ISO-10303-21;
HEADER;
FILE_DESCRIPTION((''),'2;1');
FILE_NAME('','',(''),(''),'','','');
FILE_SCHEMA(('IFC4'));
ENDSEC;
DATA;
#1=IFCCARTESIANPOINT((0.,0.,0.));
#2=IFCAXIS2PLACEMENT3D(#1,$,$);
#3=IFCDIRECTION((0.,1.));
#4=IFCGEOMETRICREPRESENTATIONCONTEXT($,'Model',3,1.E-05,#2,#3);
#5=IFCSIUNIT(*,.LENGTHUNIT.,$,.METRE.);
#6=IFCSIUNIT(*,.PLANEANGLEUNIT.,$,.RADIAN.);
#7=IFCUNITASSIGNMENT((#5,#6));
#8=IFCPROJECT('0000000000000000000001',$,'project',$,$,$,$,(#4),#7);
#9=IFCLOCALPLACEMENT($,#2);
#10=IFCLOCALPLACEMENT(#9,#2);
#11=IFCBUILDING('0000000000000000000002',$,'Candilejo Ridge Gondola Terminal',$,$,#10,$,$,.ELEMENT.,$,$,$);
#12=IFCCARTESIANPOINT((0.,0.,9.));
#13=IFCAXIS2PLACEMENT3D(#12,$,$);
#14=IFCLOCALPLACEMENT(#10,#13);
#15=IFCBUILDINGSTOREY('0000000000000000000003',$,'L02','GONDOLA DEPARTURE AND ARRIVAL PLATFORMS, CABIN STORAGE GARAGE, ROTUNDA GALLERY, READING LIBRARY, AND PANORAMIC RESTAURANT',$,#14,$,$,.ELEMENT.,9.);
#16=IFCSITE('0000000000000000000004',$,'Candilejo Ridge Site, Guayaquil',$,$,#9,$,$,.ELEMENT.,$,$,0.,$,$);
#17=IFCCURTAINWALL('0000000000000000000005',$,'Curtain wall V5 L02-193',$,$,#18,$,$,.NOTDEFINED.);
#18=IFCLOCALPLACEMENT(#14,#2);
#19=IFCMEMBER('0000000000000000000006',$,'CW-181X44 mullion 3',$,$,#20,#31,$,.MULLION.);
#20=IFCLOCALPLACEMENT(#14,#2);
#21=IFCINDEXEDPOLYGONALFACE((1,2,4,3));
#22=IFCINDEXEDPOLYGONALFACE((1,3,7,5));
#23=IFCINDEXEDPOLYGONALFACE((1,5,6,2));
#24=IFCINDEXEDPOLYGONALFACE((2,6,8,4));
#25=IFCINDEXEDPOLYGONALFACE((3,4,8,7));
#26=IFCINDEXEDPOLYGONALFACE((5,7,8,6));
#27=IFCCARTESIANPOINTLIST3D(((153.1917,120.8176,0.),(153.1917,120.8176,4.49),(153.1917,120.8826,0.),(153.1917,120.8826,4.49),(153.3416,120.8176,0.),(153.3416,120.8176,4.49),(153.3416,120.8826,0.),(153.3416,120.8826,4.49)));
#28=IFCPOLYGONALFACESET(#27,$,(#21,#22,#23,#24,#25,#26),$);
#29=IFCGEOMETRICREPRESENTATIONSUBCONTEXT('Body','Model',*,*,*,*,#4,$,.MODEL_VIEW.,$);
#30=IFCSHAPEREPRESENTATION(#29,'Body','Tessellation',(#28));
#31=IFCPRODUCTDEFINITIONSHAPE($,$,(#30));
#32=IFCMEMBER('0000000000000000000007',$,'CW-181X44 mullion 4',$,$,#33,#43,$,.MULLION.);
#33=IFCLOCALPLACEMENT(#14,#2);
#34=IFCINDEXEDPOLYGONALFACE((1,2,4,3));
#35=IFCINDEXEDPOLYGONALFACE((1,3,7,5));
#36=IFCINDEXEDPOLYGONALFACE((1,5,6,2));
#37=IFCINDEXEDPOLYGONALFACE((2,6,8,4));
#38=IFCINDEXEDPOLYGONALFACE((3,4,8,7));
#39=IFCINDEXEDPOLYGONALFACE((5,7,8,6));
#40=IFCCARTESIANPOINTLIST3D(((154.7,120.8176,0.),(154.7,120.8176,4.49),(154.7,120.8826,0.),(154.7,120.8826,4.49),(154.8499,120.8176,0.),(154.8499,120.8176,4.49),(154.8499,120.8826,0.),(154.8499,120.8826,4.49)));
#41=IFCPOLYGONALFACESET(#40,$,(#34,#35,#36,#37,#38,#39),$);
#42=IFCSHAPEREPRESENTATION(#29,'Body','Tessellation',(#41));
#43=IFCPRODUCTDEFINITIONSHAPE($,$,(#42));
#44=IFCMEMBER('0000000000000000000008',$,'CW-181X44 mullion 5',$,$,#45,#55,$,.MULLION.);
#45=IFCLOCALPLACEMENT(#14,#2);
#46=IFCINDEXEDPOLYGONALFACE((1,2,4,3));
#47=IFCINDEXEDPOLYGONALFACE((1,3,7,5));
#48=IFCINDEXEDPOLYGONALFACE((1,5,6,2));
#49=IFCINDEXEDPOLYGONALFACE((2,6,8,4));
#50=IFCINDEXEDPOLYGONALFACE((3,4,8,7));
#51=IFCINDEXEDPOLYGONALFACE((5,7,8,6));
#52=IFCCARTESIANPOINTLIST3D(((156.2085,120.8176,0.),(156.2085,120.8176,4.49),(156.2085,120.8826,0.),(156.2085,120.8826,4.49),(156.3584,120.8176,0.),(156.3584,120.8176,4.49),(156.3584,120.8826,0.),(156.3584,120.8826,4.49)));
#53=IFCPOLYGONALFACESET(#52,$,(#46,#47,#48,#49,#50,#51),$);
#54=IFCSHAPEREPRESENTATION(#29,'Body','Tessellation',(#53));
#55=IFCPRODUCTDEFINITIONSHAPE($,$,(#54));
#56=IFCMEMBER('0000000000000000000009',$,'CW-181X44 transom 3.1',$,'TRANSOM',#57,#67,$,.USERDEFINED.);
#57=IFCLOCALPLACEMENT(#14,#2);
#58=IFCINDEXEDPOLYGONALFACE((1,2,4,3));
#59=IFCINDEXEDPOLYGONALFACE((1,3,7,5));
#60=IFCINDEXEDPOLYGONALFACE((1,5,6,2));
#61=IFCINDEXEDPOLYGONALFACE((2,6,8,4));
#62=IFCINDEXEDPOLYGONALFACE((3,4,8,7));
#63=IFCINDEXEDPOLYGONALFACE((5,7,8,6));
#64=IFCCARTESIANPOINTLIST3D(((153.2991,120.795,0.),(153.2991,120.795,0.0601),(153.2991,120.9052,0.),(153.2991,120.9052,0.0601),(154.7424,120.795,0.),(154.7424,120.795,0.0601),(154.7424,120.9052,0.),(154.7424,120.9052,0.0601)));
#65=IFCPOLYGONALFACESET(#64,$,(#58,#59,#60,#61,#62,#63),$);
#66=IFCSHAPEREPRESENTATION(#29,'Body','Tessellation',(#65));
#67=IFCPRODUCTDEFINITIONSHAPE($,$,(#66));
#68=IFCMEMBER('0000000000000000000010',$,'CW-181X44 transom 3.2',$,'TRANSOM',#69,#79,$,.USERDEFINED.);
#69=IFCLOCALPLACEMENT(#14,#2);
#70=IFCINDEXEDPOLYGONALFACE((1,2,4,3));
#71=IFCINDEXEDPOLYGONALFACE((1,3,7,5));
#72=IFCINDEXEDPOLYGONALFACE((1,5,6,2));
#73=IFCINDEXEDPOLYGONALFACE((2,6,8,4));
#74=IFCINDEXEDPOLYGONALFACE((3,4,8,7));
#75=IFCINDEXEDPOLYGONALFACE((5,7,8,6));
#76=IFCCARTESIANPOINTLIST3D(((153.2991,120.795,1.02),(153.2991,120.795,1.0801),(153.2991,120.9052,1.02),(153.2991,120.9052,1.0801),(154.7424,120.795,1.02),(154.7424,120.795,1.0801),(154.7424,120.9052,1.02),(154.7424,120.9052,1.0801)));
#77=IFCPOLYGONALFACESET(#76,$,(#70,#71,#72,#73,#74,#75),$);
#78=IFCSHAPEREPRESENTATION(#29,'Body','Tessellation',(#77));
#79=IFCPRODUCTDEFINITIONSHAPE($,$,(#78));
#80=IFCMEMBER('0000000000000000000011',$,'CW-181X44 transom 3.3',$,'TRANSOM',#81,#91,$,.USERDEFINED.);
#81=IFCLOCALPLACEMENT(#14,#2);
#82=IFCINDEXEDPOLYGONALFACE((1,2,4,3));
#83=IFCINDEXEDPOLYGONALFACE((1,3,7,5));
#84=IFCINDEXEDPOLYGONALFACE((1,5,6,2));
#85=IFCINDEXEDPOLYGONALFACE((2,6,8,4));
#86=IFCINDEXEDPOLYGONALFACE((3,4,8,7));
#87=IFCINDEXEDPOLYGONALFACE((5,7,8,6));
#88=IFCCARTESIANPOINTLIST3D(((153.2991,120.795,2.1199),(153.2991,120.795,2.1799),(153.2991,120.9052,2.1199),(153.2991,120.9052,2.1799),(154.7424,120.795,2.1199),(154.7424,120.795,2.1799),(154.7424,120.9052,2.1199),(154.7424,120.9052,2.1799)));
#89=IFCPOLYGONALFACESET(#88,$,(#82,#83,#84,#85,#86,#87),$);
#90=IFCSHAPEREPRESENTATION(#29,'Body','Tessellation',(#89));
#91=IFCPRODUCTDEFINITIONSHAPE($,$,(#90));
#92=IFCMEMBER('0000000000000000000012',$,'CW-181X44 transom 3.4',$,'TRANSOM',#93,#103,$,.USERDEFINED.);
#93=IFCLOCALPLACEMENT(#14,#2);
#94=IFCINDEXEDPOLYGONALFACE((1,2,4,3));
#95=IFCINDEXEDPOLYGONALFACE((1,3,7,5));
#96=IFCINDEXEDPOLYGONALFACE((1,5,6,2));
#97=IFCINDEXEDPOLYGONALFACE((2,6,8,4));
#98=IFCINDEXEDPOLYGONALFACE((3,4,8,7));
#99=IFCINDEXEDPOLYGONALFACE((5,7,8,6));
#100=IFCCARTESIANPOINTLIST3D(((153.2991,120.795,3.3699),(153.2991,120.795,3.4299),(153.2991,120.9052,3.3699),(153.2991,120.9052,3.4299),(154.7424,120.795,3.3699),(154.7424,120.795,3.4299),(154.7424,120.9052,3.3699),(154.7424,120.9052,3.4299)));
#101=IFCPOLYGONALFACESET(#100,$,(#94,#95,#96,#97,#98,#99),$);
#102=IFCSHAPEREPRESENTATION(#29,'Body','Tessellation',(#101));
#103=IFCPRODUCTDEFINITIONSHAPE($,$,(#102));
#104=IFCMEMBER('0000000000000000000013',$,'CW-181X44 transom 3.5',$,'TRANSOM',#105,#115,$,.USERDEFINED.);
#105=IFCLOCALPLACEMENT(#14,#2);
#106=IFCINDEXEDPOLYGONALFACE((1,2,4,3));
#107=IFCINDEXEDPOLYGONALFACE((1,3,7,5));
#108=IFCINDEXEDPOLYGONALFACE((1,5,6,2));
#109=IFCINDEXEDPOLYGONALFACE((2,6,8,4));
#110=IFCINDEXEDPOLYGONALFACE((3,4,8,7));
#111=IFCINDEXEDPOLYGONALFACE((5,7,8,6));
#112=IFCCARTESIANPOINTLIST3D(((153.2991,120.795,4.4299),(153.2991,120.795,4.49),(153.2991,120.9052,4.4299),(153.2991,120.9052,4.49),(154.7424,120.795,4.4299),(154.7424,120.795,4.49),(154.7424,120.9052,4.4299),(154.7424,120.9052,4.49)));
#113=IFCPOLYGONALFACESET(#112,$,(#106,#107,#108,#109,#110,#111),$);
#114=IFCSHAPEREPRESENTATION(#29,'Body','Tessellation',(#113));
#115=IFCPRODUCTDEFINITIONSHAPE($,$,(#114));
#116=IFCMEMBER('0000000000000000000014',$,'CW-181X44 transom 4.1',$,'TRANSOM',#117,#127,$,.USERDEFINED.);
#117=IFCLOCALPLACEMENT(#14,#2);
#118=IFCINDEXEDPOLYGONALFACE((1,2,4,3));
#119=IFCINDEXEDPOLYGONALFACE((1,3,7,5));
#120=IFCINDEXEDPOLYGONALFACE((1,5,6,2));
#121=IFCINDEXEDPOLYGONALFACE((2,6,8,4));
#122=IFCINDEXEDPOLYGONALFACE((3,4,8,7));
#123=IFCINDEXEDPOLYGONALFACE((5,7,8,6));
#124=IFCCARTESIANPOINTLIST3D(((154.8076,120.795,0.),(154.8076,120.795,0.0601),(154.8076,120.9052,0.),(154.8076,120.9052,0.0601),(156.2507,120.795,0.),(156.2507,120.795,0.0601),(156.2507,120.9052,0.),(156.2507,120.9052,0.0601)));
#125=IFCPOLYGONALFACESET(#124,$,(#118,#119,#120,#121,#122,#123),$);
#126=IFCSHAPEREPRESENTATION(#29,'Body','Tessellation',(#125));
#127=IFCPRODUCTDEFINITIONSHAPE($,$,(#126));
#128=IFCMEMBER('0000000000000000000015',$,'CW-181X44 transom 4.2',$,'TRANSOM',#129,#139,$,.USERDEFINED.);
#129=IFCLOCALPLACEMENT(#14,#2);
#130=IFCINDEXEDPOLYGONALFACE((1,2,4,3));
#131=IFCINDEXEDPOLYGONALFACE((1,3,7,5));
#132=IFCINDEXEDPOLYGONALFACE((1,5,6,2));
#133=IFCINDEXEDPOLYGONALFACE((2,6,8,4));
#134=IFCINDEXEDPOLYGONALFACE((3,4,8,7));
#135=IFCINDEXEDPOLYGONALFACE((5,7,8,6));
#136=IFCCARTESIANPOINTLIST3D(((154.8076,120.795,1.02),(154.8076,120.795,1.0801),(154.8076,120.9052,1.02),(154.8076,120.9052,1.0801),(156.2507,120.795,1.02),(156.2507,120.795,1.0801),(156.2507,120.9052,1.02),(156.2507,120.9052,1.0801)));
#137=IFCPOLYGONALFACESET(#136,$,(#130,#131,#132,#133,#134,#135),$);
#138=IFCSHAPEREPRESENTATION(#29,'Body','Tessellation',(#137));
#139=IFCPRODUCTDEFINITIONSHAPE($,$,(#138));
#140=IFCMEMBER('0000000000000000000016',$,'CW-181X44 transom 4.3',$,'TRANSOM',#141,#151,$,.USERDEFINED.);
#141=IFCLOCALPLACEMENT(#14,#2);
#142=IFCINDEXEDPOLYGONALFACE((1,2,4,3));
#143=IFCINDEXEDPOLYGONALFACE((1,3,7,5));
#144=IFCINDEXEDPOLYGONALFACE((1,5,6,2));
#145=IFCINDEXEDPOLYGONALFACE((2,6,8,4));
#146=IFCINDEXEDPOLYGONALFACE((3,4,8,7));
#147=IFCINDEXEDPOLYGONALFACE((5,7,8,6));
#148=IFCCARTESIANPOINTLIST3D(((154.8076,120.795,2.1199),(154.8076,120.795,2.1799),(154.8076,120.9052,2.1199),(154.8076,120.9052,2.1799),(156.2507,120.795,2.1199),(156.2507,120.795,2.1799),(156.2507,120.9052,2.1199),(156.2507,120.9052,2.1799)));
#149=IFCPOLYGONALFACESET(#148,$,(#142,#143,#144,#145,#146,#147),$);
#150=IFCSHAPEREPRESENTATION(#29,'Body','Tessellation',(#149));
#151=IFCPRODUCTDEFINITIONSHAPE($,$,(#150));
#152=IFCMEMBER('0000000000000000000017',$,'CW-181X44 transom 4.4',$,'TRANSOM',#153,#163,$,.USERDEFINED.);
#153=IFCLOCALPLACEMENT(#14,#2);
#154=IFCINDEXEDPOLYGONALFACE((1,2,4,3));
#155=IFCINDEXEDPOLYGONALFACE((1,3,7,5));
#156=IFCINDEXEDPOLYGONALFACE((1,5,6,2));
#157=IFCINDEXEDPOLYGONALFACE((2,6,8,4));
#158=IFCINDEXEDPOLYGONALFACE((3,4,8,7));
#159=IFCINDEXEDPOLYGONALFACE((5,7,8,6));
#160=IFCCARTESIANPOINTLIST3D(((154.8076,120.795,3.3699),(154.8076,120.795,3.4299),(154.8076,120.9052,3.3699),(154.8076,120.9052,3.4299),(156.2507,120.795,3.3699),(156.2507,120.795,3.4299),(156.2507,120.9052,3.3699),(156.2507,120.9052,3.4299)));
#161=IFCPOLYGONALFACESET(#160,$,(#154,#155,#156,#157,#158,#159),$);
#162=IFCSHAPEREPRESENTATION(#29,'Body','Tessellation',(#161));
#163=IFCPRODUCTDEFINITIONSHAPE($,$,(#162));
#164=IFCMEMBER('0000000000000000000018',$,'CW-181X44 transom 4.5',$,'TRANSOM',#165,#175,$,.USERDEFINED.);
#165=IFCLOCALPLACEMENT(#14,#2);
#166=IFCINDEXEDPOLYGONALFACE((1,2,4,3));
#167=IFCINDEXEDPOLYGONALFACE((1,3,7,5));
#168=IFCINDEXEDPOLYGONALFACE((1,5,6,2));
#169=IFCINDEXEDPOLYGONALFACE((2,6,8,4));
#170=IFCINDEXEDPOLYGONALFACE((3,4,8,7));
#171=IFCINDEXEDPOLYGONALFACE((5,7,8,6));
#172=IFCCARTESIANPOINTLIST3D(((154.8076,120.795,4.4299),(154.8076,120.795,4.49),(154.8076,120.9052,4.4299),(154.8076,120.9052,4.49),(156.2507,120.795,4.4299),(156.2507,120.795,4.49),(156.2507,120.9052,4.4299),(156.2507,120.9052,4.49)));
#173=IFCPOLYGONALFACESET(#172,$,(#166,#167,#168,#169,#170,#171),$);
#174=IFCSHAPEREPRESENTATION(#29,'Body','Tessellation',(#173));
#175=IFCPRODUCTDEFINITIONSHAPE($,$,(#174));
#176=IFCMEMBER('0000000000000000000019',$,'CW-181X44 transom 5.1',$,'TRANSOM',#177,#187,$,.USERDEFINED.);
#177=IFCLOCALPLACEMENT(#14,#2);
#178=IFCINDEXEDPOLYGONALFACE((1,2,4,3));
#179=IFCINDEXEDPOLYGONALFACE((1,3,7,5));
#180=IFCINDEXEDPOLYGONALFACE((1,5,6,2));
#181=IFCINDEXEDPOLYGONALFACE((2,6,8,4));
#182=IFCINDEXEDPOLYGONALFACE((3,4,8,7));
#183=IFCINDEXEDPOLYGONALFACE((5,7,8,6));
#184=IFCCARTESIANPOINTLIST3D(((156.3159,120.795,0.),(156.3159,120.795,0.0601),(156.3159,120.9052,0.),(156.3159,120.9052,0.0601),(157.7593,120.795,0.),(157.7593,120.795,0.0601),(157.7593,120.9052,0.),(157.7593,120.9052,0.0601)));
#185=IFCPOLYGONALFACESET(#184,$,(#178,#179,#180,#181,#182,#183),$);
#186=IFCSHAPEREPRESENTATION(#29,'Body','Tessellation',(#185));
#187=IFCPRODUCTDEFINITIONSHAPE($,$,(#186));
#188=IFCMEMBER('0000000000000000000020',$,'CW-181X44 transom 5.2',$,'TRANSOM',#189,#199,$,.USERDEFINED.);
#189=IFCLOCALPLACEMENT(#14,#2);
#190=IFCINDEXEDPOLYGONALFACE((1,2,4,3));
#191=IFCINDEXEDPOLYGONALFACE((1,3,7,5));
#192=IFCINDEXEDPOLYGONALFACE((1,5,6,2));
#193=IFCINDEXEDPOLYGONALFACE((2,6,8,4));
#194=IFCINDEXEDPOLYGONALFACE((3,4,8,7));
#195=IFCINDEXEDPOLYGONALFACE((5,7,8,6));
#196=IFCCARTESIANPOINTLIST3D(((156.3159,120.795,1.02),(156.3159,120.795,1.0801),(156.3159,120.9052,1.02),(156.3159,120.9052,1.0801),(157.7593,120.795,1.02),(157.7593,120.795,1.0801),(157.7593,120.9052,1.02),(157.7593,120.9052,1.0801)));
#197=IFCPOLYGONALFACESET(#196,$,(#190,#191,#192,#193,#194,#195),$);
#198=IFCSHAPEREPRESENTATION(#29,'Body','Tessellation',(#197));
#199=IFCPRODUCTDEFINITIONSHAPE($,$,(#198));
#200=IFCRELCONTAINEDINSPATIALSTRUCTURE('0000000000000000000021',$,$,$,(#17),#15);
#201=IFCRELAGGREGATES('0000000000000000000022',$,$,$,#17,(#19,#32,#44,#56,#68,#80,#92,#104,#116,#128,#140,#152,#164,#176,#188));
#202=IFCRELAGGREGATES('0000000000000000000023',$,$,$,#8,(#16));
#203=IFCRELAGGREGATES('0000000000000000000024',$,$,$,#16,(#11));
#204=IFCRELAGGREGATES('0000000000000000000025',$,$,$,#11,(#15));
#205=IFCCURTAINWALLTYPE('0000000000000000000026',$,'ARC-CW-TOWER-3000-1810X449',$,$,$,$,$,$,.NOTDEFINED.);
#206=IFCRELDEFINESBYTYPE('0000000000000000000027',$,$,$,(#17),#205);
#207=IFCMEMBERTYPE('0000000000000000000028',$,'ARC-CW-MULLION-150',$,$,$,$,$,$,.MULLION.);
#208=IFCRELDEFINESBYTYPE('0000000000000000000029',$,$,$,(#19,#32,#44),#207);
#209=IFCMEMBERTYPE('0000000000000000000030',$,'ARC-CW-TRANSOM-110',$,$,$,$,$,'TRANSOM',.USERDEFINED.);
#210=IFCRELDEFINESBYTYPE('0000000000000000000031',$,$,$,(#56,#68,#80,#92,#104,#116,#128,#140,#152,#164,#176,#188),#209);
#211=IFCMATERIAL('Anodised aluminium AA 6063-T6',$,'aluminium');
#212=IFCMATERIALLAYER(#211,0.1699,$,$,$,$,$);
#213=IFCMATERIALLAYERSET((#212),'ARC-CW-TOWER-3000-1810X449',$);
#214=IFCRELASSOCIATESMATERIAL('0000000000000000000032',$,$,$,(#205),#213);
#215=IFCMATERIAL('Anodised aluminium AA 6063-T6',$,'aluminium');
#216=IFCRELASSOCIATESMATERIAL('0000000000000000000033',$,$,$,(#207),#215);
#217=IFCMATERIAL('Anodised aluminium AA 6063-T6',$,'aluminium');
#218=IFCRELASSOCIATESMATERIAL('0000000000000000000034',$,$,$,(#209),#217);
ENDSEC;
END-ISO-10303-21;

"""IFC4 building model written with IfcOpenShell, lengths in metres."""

from ifc_helpers import new_model, si_unit, direction, frame, origin, origin_2d, place, context, subcontext, project, spatial, rectangle, extrude, material, layer, layer_set, material_profile, profile_set, type_object, element, aggregate, save


model = new_model("IFC4")

# Units and contexts
model_context = context("Model", 3, precision=1e-05, world=origin(), true_north=direction((0.0, 1.0)))
body_context = subcontext(model_context, "Body", "Model", "MODEL_VIEW")
ifc_project = project(units=[si_unit("LENGTHUNIT", "METRE"), si_unit("PLANEANGLEUNIT", "RADIAN")], contexts=[model_context])

# Site, building, storey
site_placement = place(None, origin())
site = spatial("IfcSite", under=ifc_project, at=site_placement, Name="Candilejo Ridge Site, Guayaquil", CompositionType="ELEMENT", RefElevation=0.0)
building_placement = place(site_placement, origin())
building = spatial("IfcBuilding", under=site, at=building_placement, Name="Candilejo Ridge Gondola Terminal", CompositionType="ELEMENT")
storey_placement = place(building_placement, frame((0.0, 0.0, 9.0)))
storey = spatial("IfcBuildingStorey", under=building, at=storey_placement, Name="L02", Description="GONDOLA DEPARTURE AND ARRIVAL PLATFORMS, CABIN STORAGE GARAGE, ROTUNDA GALLERY, READING LIBRARY, AND PANORAMIC RESTAURANT", CompositionType="ELEMENT", Elevation=9.0)

# Curtain wall, members
ifc_material_1 = material(Name="Anodised aluminium AA 6063-T6", Category="aluminium")
ifc_layer_1 = layer(ifc_material_1, 0.1699)
ifc_layer_set_1 = layer_set([ifc_layer_1], Name="ARC-CW-TOWER-3000-1810X449")
curtain_wall_type = type_object("IfcCurtainWallType", Name="ARC-CW-TOWER-3000-1810X449", PredefinedType="NOTDEFINED", material=ifc_layer_set_1)
curtain_wall_placement = place(storey_placement, origin())
curtain_wall = element("IfcCurtainWall", 1, at=curtain_wall_placement, inside=storey, type_object=curtain_wall_type, Name="Curtain wall V5 L02-193", PredefinedType="NOTDEFINED")
ifc_material_2 = material(Name="Anodised aluminium AA 6063-T6", Category="aluminium")
ifc_material_profile_1 = material_profile(ifc_material_2, rectangle(XDim=0.0649, YDim=0.1499, at=origin_2d()))
ifc_profile_set_1 = profile_set([ifc_material_profile_1], Name="Anodised aluminium AA 6063-T6")
member_type_1 = type_object("IfcMemberType", Name="ARC-CW-MULLION-150", PredefinedType="MULLION", material=ifc_profile_set_1)
member_1_placement = place(storey_placement, frame((153.2666, 120.8501, 0.0), z_axis=(0.0, 0.0, 1.0), x_axis=(0.0, 1.0, 0.0)))
member_1 = element("IfcMember", 2, at=member_1_placement, type_object=member_type_1, Name="CW-181X44 mullion 3", PredefinedType="MULLION", context=body_context, shape_type="SweptSolid", body=[
    extrude(rectangle(XDim=0.0649, YDim=0.1499, at=origin_2d()), origin(), (0.0, 0.0, 1.0), 4.49),
])
member_2_placement = place(storey_placement, frame((154.7749, 120.8501, 0.0), z_axis=(0.0, 0.0, 1.0), x_axis=(0.0, 1.0, 0.0)))
member_2 = element("IfcMember", 3, at=member_2_placement, type_object=member_type_1, Name="CW-181X44 mullion 4", PredefinedType="MULLION", context=body_context, shape_type="SweptSolid", body=[
    extrude(rectangle(XDim=0.0649, YDim=0.1499, at=origin_2d()), origin(), (0.0, 0.0, 1.0), 4.49),
])
member_3_placement = place(storey_placement, frame((156.2834, 120.8501, 0.0), z_axis=(0.0, 0.0, 1.0), x_axis=(0.0, 1.0, 0.0)))
member_3 = element("IfcMember", 4, at=member_3_placement, type_object=member_type_1, Name="CW-181X44 mullion 5", PredefinedType="MULLION", context=body_context, shape_type="SweptSolid", body=[
    extrude(rectangle(XDim=0.0649, YDim=0.1499, at=origin_2d()), origin(), (0.0, 0.0, 1.0), 4.49),
])
ifc_material_3 = material(Name="Anodised aluminium AA 6063-T6", Category="aluminium")
ifc_material_profile_2 = material_profile(ifc_material_3, rectangle(XDim=0.1101, YDim=0.0601, at=origin_2d()))
ifc_profile_set_2 = profile_set([ifc_material_profile_2], Name="Anodised aluminium AA 6063-T6")
member_type_2 = type_object("IfcMemberType", Name="ARC-CW-TRANSOM-110", ElementType="TRANSOM", PredefinedType="USERDEFINED", material=ifc_profile_set_2)
member_4_placement = place(storey_placement, frame((153.2991, 120.8501, 0.03), z_axis=(1.0, 0.0, 0.0), x_axis=(0.0, 1.0, 0.0)))
member_4 = element("IfcMember", 5, at=member_4_placement, type_object=member_type_2, Name="CW-181X44 transom 3.1", ObjectType="TRANSOM", PredefinedType="USERDEFINED", context=body_context, shape_type="SweptSolid", body=[
    extrude(rectangle(XDim=0.1101, YDim=0.0601, at=origin_2d()), origin(), (0.0, 0.0, 1.0), 1.4434),
])
member_5_placement = place(storey_placement, frame((153.2991, 120.8501, 1.05), z_axis=(1.0, 0.0, 0.0), x_axis=(0.0, 1.0, 0.0)))
member_5 = element("IfcMember", 6, at=member_5_placement, type_object=member_type_2, Name="CW-181X44 transom 3.2", ObjectType="TRANSOM", PredefinedType="USERDEFINED", context=body_context, shape_type="SweptSolid", body=[
    extrude(rectangle(XDim=0.1101, YDim=0.0601, at=origin_2d()), origin(), (0.0, 0.0, 1.0), 1.4434),
])
member_6_placement = place(storey_placement, frame((153.2991, 120.8501, 2.1499), z_axis=(1.0, 0.0, 0.0), x_axis=(0.0, 1.0, 0.0)))
member_6 = element("IfcMember", 7, at=member_6_placement, type_object=member_type_2, Name="CW-181X44 transom 3.3", ObjectType="TRANSOM", PredefinedType="USERDEFINED", context=body_context, shape_type="SweptSolid", body=[
    extrude(rectangle(XDim=0.1101, YDim=0.0601, at=origin_2d()), origin(), (0.0, 0.0, 1.0), 1.4434),
])
member_7_placement = place(storey_placement, frame((153.2991, 120.8501, 3.3999), z_axis=(1.0, 0.0, 0.0), x_axis=(0.0, 1.0, 0.0)))
member_7 = element("IfcMember", 8, at=member_7_placement, type_object=member_type_2, Name="CW-181X44 transom 3.4", ObjectType="TRANSOM", PredefinedType="USERDEFINED", context=body_context, shape_type="SweptSolid", body=[
    extrude(rectangle(XDim=0.1101, YDim=0.0601, at=origin_2d()), origin(), (0.0, 0.0, 1.0), 1.4434),
])
member_8_placement = place(storey_placement, frame((153.2991, 120.8501, 4.46), z_axis=(1.0, 0.0, 0.0), x_axis=(0.0, 1.0, 0.0)))
member_8 = element("IfcMember", 9, at=member_8_placement, type_object=member_type_2, Name="CW-181X44 transom 3.5", ObjectType="TRANSOM", PredefinedType="USERDEFINED", context=body_context, shape_type="SweptSolid", body=[
    extrude(rectangle(XDim=0.1101, YDim=0.0601, at=origin_2d()), origin(), (0.0, 0.0, 1.0), 1.4434),
])
member_9_placement = place(storey_placement, frame((154.8076, 120.8501, 0.03), z_axis=(1.0, 0.0, 0.0), x_axis=(0.0, 1.0, 0.0)))
member_9 = element("IfcMember", 10, at=member_9_placement, type_object=member_type_2, Name="CW-181X44 transom 4.1", ObjectType="TRANSOM", PredefinedType="USERDEFINED", context=body_context, shape_type="SweptSolid", body=[
    extrude(rectangle(XDim=0.1101, YDim=0.0601, at=origin_2d()), origin(), (0.0, 0.0, 1.0), 1.4431),
])
member_10_placement = place(storey_placement, frame((154.8076, 120.8501, 1.05), z_axis=(1.0, 0.0, 0.0), x_axis=(0.0, 1.0, 0.0)))
member_10 = element("IfcMember", 11, at=member_10_placement, type_object=member_type_2, Name="CW-181X44 transom 4.2", ObjectType="TRANSOM", PredefinedType="USERDEFINED", context=body_context, shape_type="SweptSolid", body=[
    extrude(rectangle(XDim=0.1101, YDim=0.0601, at=origin_2d()), origin(), (0.0, 0.0, 1.0), 1.4431),
])
member_11_placement = place(storey_placement, frame((154.8076, 120.8501, 2.1499), z_axis=(1.0, 0.0, 0.0), x_axis=(0.0, 1.0, 0.0)))
member_11 = element("IfcMember", 12, at=member_11_placement, type_object=member_type_2, Name="CW-181X44 transom 4.3", ObjectType="TRANSOM", PredefinedType="USERDEFINED", context=body_context, shape_type="SweptSolid", body=[
    extrude(rectangle(XDim=0.1101, YDim=0.0601, at=origin_2d()), origin(), (0.0, 0.0, 1.0), 1.4431),
])
member_12_placement = place(storey_placement, frame((154.8076, 120.8501, 3.3999), z_axis=(1.0, 0.0, 0.0), x_axis=(0.0, 1.0, 0.0)))
member_12 = element("IfcMember", 13, at=member_12_placement, type_object=member_type_2, Name="CW-181X44 transom 4.4", ObjectType="TRANSOM", PredefinedType="USERDEFINED", context=body_context, shape_type="SweptSolid", body=[
    extrude(rectangle(XDim=0.1101, YDim=0.0601, at=origin_2d()), origin(), (0.0, 0.0, 1.0), 1.4431),
])
member_13_placement = place(storey_placement, frame((154.8076, 120.8501, 4.46), z_axis=(1.0, 0.0, 0.0), x_axis=(0.0, 1.0, 0.0)))
member_13 = element("IfcMember", 14, at=member_13_placement, type_object=member_type_2, Name="CW-181X44 transom 4.5", ObjectType="TRANSOM", PredefinedType="USERDEFINED", context=body_context, shape_type="SweptSolid", body=[
    extrude(rectangle(XDim=0.1101, YDim=0.0601, at=origin_2d()), origin(), (0.0, 0.0, 1.0), 1.4431),
])
member_14_placement = place(storey_placement, frame((156.3159, 120.8501, 0.03), z_axis=(1.0, 0.0, 0.0), x_axis=(0.0, 1.0, 0.0)))
member_14 = element("IfcMember", 15, at=member_14_placement, type_object=member_type_2, Name="CW-181X44 transom 5.1", ObjectType="TRANSOM", PredefinedType="USERDEFINED", context=body_context, shape_type="SweptSolid", body=[
    extrude(rectangle(XDim=0.1101, YDim=0.0601, at=origin_2d()), origin(), (0.0, 0.0, 1.0), 1.4434),
])
member_15_placement = place(storey_placement, frame((156.3159, 120.8501, 1.05), z_axis=(1.0, 0.0, 0.0), x_axis=(0.0, 1.0, 0.0)))
member_15 = element("IfcMember", 16, at=member_15_placement, type_object=member_type_2, Name="CW-181X44 transom 5.2", ObjectType="TRANSOM", PredefinedType="USERDEFINED", context=body_context, shape_type="SweptSolid", body=[
    extrude(rectangle(XDim=0.1101, YDim=0.0601, at=origin_2d()), origin(), (0.0, 0.0, 1.0), 1.4434),
])
aggregate(curtain_wall, [member_1, member_2, member_3, member_4, member_5, member_6, member_7, member_8, member_9, member_10, member_11, member_12, member_13, member_14, member_15])

save(model, "model.ifc")
